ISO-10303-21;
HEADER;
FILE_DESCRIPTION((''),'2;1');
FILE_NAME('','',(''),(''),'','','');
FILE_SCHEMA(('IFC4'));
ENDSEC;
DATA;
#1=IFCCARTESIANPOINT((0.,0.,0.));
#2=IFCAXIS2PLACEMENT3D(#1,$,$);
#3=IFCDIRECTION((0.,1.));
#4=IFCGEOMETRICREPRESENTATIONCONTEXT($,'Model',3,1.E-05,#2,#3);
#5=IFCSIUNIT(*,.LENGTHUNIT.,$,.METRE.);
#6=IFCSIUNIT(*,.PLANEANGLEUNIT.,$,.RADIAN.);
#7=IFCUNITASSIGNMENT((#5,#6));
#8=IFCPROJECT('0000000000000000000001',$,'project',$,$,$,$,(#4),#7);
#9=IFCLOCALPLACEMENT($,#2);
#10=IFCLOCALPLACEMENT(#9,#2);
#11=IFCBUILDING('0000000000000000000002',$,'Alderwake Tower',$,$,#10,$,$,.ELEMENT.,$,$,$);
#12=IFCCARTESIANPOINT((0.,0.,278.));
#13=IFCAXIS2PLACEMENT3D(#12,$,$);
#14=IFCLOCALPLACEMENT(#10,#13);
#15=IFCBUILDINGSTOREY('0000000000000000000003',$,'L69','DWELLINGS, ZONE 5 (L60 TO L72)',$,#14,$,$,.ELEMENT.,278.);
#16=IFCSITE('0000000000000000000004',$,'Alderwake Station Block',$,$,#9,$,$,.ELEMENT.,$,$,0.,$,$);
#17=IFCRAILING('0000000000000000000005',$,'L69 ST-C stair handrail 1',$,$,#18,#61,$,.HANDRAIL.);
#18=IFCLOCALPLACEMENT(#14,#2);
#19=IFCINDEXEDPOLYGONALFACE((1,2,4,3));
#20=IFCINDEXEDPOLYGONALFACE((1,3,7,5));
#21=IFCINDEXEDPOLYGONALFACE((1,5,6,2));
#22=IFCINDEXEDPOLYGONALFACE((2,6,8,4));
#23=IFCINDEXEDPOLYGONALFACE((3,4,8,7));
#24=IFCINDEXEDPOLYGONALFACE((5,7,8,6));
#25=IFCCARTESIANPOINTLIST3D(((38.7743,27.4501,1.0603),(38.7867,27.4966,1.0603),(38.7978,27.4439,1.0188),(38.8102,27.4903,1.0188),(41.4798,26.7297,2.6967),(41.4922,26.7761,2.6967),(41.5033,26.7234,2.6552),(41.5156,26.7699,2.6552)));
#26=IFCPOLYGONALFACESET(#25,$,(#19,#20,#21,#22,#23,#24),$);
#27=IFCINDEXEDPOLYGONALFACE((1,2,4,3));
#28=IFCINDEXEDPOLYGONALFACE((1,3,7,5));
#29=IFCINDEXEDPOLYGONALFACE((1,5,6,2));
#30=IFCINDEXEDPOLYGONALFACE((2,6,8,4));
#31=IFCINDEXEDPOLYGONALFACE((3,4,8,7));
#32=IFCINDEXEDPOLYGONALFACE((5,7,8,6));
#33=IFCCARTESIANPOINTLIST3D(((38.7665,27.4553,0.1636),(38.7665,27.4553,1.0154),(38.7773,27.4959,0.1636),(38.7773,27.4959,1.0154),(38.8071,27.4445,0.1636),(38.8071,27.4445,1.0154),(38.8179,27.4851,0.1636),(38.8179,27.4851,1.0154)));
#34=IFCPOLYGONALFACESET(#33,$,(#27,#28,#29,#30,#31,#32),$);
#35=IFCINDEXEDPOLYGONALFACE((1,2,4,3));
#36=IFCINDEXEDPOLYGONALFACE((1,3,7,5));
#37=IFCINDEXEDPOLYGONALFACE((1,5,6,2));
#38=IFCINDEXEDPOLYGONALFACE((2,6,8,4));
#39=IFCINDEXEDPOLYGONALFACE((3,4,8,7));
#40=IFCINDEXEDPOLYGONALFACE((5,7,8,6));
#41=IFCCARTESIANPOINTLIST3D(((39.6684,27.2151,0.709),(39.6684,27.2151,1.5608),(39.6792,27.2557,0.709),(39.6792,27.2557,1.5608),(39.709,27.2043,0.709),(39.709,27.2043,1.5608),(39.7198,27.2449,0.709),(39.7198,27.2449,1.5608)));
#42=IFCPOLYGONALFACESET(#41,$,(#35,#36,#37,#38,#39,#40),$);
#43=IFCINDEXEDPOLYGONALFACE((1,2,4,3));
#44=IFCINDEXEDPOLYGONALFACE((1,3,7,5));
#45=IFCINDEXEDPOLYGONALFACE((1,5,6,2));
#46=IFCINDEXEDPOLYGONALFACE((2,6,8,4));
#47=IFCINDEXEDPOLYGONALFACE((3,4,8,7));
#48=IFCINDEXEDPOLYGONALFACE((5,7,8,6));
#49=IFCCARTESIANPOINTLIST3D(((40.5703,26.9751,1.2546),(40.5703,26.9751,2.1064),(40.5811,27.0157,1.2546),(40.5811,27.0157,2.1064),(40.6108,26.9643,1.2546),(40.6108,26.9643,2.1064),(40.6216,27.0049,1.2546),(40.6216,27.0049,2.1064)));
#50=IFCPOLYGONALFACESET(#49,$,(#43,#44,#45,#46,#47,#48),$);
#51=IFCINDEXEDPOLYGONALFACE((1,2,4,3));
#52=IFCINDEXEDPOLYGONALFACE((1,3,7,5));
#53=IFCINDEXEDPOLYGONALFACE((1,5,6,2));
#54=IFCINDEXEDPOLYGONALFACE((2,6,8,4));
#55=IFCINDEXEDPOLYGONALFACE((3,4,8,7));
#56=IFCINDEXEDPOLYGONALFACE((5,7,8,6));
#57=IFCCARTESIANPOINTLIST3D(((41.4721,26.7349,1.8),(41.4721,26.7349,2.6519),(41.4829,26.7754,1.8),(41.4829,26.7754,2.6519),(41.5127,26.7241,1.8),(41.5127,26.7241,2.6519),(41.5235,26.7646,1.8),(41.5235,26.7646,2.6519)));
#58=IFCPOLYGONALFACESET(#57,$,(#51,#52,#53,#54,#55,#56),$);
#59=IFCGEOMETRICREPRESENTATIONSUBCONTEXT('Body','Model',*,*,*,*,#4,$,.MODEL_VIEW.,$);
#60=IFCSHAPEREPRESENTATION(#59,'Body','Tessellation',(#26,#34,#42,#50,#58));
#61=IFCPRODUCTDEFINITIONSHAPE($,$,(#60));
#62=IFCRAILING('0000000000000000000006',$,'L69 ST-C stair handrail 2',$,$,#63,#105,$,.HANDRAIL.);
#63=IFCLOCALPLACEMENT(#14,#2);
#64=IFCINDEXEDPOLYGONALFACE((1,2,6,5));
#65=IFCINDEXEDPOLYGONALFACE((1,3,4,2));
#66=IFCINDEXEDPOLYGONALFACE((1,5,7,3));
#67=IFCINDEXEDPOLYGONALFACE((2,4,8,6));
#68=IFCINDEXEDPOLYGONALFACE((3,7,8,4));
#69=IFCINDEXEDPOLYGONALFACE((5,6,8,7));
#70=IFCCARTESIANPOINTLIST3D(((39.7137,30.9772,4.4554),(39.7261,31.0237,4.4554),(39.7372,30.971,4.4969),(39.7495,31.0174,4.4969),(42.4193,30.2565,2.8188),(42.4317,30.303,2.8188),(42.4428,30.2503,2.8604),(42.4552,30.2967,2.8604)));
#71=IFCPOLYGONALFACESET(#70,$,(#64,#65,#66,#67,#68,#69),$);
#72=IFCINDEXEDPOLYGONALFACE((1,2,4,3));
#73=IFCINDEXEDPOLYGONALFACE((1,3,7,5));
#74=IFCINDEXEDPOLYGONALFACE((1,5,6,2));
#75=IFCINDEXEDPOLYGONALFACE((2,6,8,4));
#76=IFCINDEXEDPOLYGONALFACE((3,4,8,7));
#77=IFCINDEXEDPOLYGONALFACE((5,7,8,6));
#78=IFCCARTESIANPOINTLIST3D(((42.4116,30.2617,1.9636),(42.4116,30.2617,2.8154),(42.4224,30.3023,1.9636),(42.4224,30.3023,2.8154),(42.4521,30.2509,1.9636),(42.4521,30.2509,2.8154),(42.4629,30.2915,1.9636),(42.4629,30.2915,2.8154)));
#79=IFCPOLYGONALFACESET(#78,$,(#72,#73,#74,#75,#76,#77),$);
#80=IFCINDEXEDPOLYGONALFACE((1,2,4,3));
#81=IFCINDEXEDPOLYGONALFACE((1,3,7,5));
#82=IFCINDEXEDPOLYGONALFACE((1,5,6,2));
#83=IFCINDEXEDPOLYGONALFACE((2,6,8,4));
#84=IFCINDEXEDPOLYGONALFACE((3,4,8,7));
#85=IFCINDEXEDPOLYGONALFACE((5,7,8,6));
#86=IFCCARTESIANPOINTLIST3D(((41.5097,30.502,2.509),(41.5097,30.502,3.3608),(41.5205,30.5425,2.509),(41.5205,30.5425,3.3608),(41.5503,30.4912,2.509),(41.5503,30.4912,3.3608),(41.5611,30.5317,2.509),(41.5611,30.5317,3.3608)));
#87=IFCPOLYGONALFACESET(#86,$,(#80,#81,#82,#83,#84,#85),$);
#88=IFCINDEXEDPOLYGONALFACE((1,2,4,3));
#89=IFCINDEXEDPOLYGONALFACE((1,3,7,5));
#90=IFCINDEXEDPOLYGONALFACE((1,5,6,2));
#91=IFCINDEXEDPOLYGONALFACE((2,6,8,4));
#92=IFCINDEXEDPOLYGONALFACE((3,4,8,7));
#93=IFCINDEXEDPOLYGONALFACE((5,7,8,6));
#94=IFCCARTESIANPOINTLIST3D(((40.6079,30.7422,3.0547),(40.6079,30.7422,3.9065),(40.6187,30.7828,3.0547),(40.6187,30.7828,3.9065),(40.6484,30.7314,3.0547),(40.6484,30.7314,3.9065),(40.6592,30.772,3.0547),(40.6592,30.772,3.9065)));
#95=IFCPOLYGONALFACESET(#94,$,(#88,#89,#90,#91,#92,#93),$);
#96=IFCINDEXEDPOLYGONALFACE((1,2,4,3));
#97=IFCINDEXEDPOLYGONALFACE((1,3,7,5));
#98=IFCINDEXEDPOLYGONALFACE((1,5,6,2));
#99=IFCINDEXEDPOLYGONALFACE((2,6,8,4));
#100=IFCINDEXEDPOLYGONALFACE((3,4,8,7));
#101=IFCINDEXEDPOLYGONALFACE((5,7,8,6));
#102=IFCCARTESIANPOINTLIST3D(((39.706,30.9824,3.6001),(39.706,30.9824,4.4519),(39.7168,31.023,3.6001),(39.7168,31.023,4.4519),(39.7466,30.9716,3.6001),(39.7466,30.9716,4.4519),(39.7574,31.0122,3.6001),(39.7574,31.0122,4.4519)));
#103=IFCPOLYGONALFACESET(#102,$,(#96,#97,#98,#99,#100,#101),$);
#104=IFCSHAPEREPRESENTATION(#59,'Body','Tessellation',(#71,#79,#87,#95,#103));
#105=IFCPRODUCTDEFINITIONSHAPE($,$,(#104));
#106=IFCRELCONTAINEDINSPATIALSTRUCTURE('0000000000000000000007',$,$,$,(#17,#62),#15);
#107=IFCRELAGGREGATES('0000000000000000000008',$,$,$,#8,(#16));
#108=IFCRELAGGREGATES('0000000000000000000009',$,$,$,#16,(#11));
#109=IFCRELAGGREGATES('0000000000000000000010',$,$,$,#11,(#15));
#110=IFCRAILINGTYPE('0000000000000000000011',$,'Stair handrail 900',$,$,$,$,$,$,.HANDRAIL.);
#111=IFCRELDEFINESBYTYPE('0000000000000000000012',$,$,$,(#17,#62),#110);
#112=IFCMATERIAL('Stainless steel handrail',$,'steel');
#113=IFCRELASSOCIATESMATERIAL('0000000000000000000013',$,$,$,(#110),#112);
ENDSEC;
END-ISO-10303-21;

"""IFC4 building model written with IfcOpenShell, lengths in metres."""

from ifc_helpers import new_model, si_unit, direction, frame, origin, origin_2d, place, context, subcontext, project, spatial, rectangle, extrude, material, type_object, element, save


model = new_model("IFC4")

# Units and contexts
model_context = context("Model", 3, precision=1e-05, world=origin(), true_north=direction((0.0, 1.0)))
body_context = subcontext(model_context, "Body", "Model", "MODEL_VIEW")
ifc_project = project(units=[si_unit("LENGTHUNIT", "METRE"), si_unit("PLANEANGLEUNIT", "RADIAN")], contexts=[model_context])

# Site, building, storey
site_placement = place(None, origin())
site = spatial("IfcSite", under=ifc_project, at=site_placement, Name="Alderwake Station Block", CompositionType="ELEMENT", RefElevation=0.0)
building_placement = place(site_placement, origin())
building = spatial("IfcBuilding", under=site, at=building_placement, Name="Alderwake Tower", CompositionType="ELEMENT")
storey_placement = place(building_placement, frame((0.0, 0.0, 278.0)))
storey = spatial("IfcBuildingStorey", under=building, at=storey_placement, Name="L69", Description="DWELLINGS, ZONE 5 (L60 TO L72)", CompositionType="ELEMENT", Elevation=278.0)

# Railings
ifc_material_1 = material(Name="Stainless steel handrail", Category="steel")
railing_type_1 = type_object("IfcRailingType", Name="Stair handrail 900", PredefinedType="HANDRAIL", material=ifc_material_1)
railing_1_placement = place(storey_placement, frame((38.7922, 27.4702, 0.1636)))
element("IfcRailing", 1, at=railing_1_placement, inside=storey, type_object=railing_type_1, Name="L69 ST-C stair handrail 1", PredefinedType="HANDRAIL", context=body_context, shape_type="SweptSolid", body=[
    extrude(rectangle(XDim=0.0481, YDim=0.0481, at=origin_2d()), frame((0.0, 0.0, 0.876), z_axis=(0.834273, -0.222157, 0.504614), x_axis=(0.257321, 0.966326, 0.0)), (0.0, 0.0, 1.0), 3.2429),
    extrude(rectangle(XDim=0.042, YDim=0.042, at=origin_2d()), frame((0.0, 0.0, 0.0), z_axis=(0.0, 0.0, 1.0), x_axis=(0.966326, -0.257321, 0.0)), (0.0, 0.0, 1.0), 0.8518),
    extrude(rectangle(XDim=0.042, YDim=0.042, at=origin_2d()), frame((0.9019, -0.2402, 0.5454), z_axis=(0.0, 0.0, 1.0), x_axis=(0.966326, -0.257321, 0.0)), (0.0, 0.0, 1.0), 0.8518),
    extrude(rectangle(XDim=0.042, YDim=0.042, at=origin_2d()), frame((1.8037, -0.4802, 1.0911), z_axis=(0.0, 0.0, 1.0), x_axis=(0.966326, -0.257321, 0.0)), (0.0, 0.0, 1.0), 0.8518),
    extrude(rectangle(XDim=0.042, YDim=0.042, at=origin_2d()), frame((2.7056, -0.7205, 1.6365), z_axis=(0.0, 0.0, 1.0), x_axis=(0.966326, -0.257321, 0.0)), (0.0, 0.0, 1.0), 0.8518),
])
railing_2_placement = place(storey_placement, frame((42.4373, 30.2766, 1.9636)))
element("IfcRailing", 2, at=railing_2_placement, inside=storey, type_object=railing_type_1, Name="L69 ST-C stair handrail 2", PredefinedType="HANDRAIL", context=body_context, shape_type="SweptSolid", body=[
    extrude(rectangle(XDim=0.0481, YDim=0.0481, at=origin_2d()), frame((0.0, 0.0, 0.876), z_axis=(-0.834259, 0.222228, 0.504605), x_axis=(-0.257402, -0.966304, 0.0)), (0.0, 0.0, 1.0), 3.2432),
    extrude(rectangle(XDim=0.042, YDim=0.042, at=origin_2d()), frame((0.0, 0.0, 0.0), z_axis=(0.0, 0.0, 1.0), x_axis=(-0.966304, 0.257402, 0.0)), (0.0, 0.0, 1.0), 0.8518),
    extrude(rectangle(XDim=0.042, YDim=0.042, at=origin_2d()), frame((-0.9019, 0.2402, 0.5454), z_axis=(0.0, 0.0, 1.0), x_axis=(-0.966304, 0.257402, 0.0)), (0.0, 0.0, 1.0), 0.8518),
    extrude(rectangle(XDim=0.042, YDim=0.042, at=origin_2d()), frame((-1.8037, 0.4805, 1.0911), z_axis=(0.0, 0.0, 1.0), x_axis=(-0.966304, 0.257402, 0.0)), (0.0, 0.0, 1.0), 0.8518),
    extrude(rectangle(XDim=0.042, YDim=0.042, at=origin_2d()), frame((-2.7056, 0.7207, 1.6365), z_axis=(0.0, 0.0, 1.0), x_axis=(-0.966304, 0.257402, 0.0)), (0.0, 0.0, 1.0), 0.8518),
])

save(model, "model.ifc")
